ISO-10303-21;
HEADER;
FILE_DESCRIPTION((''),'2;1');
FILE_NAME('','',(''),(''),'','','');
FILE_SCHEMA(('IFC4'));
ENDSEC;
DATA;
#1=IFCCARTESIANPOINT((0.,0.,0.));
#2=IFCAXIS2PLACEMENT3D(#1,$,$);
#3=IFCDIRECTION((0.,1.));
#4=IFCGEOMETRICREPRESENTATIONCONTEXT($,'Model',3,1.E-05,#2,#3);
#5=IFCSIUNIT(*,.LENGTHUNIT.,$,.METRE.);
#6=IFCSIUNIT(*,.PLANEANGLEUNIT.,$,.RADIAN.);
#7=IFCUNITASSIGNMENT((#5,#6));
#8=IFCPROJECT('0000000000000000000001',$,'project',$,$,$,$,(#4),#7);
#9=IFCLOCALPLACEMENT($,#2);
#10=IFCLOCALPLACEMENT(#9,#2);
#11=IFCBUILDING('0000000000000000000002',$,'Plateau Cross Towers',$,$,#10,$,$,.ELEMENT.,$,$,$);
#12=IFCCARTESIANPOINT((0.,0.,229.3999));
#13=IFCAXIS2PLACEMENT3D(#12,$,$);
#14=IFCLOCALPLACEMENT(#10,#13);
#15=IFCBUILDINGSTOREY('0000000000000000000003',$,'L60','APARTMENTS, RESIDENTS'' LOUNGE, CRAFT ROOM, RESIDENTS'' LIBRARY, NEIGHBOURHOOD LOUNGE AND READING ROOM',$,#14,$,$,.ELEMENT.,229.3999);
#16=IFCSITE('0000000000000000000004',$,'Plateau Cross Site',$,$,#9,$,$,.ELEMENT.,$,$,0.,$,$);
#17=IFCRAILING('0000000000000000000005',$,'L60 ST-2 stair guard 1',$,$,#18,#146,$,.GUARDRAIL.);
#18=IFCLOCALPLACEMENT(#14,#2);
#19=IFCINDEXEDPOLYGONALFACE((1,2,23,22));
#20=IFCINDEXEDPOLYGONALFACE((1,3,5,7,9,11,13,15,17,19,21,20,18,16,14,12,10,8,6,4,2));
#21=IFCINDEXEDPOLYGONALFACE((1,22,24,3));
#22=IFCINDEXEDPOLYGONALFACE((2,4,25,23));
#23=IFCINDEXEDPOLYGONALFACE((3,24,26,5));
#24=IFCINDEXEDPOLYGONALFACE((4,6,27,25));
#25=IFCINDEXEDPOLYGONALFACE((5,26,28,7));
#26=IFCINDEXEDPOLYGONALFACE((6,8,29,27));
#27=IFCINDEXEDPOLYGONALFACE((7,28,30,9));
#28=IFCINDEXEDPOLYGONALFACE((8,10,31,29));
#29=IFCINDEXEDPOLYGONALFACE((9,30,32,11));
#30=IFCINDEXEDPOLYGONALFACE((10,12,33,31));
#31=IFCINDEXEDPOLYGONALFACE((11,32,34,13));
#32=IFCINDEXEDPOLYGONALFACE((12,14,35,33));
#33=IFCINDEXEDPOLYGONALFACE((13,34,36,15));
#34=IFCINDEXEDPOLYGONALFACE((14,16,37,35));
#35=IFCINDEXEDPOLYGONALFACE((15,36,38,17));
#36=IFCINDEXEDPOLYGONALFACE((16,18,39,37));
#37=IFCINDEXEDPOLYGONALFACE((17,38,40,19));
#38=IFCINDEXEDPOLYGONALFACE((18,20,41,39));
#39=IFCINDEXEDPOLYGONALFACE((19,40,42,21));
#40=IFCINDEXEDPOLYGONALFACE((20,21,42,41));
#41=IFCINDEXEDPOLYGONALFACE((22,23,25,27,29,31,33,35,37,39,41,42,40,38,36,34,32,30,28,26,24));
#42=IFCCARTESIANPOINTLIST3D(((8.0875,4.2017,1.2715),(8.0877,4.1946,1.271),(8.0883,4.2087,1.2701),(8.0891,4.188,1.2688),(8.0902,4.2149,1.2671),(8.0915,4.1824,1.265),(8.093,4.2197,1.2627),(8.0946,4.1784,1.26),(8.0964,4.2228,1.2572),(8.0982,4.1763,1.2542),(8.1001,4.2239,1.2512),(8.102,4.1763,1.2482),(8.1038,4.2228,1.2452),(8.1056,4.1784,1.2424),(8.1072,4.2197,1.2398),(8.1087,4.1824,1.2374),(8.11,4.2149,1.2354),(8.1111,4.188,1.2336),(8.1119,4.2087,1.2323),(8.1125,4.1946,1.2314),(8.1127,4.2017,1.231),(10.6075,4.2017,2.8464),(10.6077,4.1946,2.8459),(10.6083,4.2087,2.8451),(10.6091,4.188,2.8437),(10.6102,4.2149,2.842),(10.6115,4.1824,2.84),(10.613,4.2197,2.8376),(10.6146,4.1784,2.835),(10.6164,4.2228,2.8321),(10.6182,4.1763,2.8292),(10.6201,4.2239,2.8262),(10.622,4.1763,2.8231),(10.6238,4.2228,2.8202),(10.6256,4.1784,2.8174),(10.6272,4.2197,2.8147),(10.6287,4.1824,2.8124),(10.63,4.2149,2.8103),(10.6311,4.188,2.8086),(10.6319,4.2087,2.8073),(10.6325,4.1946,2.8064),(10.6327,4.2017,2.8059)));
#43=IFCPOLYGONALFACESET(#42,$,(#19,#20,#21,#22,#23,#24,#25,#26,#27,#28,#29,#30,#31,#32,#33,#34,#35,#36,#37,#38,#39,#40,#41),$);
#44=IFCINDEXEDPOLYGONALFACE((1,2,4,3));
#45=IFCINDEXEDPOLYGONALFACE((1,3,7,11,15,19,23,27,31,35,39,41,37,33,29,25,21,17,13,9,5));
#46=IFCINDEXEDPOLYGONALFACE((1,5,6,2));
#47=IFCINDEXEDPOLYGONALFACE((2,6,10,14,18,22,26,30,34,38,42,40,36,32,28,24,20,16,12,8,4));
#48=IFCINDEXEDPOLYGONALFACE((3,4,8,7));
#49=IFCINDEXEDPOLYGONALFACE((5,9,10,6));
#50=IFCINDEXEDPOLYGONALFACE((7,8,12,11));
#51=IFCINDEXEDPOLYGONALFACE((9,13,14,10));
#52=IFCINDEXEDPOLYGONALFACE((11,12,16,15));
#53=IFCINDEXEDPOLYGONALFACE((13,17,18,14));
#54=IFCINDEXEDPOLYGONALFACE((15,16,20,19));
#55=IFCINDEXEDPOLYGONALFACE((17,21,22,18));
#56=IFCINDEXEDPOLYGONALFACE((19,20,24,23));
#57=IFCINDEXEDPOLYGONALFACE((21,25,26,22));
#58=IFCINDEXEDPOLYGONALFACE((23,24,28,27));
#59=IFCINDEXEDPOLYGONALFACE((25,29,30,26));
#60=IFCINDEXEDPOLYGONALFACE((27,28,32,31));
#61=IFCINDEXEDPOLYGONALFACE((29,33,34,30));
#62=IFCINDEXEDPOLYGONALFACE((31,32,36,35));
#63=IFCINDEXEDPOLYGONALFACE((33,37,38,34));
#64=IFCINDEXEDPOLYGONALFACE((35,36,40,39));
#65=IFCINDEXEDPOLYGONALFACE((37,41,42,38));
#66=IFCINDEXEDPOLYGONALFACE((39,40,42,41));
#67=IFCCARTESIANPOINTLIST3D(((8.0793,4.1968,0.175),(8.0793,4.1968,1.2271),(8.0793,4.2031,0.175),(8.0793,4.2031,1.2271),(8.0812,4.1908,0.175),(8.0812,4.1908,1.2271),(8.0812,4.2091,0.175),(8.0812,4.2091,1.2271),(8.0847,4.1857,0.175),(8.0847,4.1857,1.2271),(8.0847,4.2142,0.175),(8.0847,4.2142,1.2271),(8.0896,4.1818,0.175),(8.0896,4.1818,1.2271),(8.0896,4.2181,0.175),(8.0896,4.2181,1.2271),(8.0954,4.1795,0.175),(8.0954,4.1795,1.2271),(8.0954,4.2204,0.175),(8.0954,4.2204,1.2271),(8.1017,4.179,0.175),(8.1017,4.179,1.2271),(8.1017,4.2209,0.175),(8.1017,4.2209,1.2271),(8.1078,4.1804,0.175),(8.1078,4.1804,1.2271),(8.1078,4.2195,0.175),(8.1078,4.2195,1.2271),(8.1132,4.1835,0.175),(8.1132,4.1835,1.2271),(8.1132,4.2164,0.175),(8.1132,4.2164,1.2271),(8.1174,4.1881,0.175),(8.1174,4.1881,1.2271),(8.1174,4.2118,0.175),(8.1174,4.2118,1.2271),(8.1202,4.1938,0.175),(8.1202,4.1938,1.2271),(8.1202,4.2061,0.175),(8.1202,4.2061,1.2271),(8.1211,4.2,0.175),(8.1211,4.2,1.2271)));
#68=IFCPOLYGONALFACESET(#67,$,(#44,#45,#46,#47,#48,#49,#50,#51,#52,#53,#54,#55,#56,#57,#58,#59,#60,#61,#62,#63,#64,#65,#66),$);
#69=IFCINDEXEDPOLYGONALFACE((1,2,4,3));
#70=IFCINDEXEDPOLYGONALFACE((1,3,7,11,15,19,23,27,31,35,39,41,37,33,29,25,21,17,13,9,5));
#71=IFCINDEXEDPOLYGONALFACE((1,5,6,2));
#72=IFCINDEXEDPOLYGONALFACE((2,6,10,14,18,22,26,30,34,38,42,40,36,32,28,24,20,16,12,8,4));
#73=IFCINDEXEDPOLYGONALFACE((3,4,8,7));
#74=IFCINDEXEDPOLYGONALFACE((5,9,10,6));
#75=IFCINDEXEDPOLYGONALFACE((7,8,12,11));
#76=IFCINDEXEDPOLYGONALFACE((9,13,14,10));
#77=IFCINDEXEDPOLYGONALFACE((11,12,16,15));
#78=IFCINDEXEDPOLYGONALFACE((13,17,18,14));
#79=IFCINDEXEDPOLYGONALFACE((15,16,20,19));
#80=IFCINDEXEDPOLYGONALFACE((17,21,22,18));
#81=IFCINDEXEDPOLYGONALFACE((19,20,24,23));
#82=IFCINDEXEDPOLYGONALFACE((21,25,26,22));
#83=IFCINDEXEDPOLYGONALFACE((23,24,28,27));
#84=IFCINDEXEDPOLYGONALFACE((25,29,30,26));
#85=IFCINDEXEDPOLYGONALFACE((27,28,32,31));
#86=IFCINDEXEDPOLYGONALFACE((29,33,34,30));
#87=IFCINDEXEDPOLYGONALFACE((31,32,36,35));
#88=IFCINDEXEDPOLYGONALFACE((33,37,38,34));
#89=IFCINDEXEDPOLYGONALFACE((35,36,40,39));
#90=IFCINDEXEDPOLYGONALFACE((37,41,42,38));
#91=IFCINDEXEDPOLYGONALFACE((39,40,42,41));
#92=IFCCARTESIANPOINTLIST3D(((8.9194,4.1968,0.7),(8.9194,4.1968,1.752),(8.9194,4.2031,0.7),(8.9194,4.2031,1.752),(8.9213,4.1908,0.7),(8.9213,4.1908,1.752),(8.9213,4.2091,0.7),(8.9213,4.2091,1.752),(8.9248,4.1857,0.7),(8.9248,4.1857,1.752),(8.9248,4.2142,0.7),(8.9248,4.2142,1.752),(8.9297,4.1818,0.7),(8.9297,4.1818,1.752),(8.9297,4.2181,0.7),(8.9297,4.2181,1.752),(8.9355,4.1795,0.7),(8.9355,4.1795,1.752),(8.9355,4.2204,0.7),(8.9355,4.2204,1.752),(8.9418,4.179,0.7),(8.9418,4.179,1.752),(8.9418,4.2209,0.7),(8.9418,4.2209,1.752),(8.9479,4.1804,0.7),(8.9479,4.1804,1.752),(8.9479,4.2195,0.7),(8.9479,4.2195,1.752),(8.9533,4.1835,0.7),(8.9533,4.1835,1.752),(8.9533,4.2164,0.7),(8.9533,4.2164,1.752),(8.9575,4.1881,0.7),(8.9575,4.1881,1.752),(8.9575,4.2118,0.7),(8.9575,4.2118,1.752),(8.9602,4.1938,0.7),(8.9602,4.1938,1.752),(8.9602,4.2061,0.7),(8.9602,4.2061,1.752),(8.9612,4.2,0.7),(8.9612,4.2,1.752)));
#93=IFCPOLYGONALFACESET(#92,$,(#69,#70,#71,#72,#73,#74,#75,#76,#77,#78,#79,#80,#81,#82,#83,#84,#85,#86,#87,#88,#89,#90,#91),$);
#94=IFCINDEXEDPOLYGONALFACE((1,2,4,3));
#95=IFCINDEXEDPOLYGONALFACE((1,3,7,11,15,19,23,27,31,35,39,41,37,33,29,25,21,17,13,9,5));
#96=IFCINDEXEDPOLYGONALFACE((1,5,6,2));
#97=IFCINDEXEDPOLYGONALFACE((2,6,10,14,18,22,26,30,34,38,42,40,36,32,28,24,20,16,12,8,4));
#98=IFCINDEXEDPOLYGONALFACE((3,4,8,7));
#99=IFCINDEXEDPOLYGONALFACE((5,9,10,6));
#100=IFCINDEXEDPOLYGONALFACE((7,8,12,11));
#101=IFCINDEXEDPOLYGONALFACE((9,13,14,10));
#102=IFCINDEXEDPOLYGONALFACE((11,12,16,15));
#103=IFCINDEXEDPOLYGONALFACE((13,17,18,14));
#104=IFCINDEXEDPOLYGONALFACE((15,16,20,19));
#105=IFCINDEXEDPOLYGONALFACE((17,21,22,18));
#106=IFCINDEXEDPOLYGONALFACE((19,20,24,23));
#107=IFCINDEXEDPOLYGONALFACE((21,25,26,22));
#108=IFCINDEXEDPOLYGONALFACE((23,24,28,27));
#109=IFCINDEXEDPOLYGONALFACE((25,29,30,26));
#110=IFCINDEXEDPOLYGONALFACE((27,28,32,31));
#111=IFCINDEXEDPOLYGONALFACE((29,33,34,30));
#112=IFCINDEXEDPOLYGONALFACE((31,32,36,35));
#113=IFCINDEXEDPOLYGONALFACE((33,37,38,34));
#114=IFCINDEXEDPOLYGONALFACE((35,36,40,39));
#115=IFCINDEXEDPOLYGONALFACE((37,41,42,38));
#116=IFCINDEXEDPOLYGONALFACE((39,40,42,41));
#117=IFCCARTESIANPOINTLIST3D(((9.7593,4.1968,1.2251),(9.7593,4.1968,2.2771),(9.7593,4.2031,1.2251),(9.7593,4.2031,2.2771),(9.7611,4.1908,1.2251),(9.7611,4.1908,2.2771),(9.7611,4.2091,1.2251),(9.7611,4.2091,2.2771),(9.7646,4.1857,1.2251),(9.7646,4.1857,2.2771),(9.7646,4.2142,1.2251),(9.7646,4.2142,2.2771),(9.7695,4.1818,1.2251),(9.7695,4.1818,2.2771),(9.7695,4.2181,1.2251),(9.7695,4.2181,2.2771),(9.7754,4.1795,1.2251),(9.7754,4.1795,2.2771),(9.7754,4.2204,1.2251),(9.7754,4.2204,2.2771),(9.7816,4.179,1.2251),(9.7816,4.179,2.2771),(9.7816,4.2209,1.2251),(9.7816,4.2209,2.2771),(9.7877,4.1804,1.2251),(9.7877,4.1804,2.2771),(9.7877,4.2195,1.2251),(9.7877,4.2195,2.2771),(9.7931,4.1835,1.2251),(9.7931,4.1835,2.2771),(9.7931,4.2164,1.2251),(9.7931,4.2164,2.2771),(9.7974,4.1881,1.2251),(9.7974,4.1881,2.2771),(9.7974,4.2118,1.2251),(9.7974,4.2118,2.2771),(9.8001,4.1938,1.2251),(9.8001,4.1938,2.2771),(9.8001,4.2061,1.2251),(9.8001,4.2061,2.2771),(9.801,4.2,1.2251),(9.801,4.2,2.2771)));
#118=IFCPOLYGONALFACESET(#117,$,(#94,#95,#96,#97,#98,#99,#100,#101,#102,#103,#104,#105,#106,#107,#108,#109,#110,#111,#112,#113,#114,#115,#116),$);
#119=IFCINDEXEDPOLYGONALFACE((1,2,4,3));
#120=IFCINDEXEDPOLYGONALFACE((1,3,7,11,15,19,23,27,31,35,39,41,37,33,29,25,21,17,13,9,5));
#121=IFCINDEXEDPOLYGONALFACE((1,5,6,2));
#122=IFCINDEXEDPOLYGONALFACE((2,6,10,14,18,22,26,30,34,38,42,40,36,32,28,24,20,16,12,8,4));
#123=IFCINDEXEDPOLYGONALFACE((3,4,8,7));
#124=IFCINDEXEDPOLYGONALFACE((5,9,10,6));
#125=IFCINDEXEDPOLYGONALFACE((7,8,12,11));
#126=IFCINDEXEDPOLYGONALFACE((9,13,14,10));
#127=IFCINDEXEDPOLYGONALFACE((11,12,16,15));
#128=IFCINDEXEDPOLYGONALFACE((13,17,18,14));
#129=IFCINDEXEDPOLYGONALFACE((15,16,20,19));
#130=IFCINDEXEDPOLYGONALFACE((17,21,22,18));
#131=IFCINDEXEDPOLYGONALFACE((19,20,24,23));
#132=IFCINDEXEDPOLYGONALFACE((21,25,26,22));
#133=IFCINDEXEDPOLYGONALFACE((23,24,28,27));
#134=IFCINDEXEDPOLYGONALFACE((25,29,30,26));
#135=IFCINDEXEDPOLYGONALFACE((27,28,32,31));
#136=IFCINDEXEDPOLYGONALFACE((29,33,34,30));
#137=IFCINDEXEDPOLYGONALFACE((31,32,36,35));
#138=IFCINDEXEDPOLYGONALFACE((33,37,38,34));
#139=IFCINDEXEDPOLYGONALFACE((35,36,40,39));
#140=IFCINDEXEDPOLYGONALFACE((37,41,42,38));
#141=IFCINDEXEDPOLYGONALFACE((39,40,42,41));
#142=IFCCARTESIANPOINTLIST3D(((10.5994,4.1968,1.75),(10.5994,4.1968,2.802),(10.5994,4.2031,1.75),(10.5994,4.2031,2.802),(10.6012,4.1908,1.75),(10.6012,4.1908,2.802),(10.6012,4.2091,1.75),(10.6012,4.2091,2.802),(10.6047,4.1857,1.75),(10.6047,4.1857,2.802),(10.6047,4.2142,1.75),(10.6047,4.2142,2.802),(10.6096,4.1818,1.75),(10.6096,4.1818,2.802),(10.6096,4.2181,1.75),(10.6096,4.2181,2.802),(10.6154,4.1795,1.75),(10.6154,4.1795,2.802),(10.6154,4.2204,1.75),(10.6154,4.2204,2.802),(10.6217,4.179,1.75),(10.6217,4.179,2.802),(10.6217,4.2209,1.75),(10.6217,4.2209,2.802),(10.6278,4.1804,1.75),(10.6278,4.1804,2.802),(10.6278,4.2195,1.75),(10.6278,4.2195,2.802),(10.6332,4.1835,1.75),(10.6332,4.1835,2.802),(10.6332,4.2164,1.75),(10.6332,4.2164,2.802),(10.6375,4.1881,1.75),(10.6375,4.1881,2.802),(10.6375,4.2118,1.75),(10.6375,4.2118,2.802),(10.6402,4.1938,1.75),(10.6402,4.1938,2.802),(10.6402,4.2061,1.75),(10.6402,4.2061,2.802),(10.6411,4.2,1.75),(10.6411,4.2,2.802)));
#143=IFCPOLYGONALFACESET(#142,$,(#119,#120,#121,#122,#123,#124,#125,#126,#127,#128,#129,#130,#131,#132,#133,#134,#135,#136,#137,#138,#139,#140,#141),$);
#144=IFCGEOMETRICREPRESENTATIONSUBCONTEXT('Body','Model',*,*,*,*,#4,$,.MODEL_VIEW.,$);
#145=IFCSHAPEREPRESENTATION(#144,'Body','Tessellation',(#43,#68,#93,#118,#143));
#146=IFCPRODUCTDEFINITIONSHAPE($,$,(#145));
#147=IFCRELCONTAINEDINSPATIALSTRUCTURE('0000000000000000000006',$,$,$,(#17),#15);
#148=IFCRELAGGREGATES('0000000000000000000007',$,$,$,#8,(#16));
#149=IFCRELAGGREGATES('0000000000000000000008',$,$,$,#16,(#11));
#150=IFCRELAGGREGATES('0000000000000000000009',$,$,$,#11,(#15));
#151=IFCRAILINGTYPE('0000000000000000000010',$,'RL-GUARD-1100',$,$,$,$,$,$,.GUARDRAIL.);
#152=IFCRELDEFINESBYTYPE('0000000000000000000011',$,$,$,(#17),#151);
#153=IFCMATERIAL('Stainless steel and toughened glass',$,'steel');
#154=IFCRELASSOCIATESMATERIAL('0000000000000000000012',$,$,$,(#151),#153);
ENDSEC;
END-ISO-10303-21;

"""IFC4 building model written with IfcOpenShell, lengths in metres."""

from ifc_helpers import new_model, si_unit, direction, frame, origin, origin_2d, place, context, subcontext, project, spatial, circle, extrude, material, type_object, element, save


model = new_model("IFC4")

# Units and contexts
model_context = context("Model", 3, precision=1e-05, world=origin(), true_north=direction((0.0, 1.0)))
body_context = subcontext(model_context, "Body", "Model", "MODEL_VIEW")
ifc_project = project(units=[si_unit("LENGTHUNIT", "METRE"), si_unit("PLANEANGLEUNIT", "RADIAN")], contexts=[model_context])

# Site, building, storey
site_placement = place(None, origin())
site = spatial("IfcSite", under=ifc_project, at=site_placement, Name="Plateau Cross Site", CompositionType="ELEMENT", RefElevation=0.0)
building_placement = place(site_placement, origin())
building = spatial("IfcBuilding", under=site, at=building_placement, Name="Plateau Cross Towers", CompositionType="ELEMENT")
storey_placement = place(building_placement, frame((0.0, 0.0, 229.3999)))
storey = spatial("IfcBuildingStorey", under=building, at=storey_placement, Name="L60", Description="APARTMENTS, RESIDENTS' LOUNGE, CRAFT ROOM, RESIDENTS' LIBRARY, NEIGHBOURHOOD LOUNGE AND READING ROOM", CompositionType="ELEMENT", Elevation=229.3999)

# Railing
ifc_material_1 = material(Name="Stainless steel and toughened glass", Category="steel")
railing_type_1 = type_object("IfcRailingType", Name="RL-GUARD-1100", PredefinedType="GUARDRAIL", material=ifc_material_1)
railing_1_placement = place(storey_placement, frame((8.1001, 4.2, 0.175)))
element("IfcRailing", 1, at=railing_1_placement, inside=storey, type_object=railing_type_1, Name="L60 ST-2 stair guard 1", PredefinedType="GUARDRAIL", context=body_context, shape_type="SweptSolid", body=[
    extrude(circle(Radius=0.0239, at=origin_2d()), frame((0.0, 0.0, 1.0762), z_axis=(0.848008, 0.0, 0.529984), x_axis=(0.0, 1.0, 0.0)), (0.0, 0.0, 1.0), 2.9717),
    extrude(circle(Radius=0.021, at=origin_2d()), origin(), (0.0, 0.0, 1.0), 1.052),
    extrude(circle(Radius=0.021, at=origin_2d()), frame((0.8401, 0.0, 0.5249)), (0.0, 0.0, 1.0), 1.052),
    extrude(circle(Radius=0.021, at=origin_2d()), frame((1.6799, 0.0, 1.05)), (0.0, 0.0, 1.0), 1.052),
    extrude(circle(Radius=0.021, at=origin_2d()), frame((2.52, 0.0, 1.575)), (0.0, 0.0, 1.0), 1.052),
])

save(model, "model.ifc")
